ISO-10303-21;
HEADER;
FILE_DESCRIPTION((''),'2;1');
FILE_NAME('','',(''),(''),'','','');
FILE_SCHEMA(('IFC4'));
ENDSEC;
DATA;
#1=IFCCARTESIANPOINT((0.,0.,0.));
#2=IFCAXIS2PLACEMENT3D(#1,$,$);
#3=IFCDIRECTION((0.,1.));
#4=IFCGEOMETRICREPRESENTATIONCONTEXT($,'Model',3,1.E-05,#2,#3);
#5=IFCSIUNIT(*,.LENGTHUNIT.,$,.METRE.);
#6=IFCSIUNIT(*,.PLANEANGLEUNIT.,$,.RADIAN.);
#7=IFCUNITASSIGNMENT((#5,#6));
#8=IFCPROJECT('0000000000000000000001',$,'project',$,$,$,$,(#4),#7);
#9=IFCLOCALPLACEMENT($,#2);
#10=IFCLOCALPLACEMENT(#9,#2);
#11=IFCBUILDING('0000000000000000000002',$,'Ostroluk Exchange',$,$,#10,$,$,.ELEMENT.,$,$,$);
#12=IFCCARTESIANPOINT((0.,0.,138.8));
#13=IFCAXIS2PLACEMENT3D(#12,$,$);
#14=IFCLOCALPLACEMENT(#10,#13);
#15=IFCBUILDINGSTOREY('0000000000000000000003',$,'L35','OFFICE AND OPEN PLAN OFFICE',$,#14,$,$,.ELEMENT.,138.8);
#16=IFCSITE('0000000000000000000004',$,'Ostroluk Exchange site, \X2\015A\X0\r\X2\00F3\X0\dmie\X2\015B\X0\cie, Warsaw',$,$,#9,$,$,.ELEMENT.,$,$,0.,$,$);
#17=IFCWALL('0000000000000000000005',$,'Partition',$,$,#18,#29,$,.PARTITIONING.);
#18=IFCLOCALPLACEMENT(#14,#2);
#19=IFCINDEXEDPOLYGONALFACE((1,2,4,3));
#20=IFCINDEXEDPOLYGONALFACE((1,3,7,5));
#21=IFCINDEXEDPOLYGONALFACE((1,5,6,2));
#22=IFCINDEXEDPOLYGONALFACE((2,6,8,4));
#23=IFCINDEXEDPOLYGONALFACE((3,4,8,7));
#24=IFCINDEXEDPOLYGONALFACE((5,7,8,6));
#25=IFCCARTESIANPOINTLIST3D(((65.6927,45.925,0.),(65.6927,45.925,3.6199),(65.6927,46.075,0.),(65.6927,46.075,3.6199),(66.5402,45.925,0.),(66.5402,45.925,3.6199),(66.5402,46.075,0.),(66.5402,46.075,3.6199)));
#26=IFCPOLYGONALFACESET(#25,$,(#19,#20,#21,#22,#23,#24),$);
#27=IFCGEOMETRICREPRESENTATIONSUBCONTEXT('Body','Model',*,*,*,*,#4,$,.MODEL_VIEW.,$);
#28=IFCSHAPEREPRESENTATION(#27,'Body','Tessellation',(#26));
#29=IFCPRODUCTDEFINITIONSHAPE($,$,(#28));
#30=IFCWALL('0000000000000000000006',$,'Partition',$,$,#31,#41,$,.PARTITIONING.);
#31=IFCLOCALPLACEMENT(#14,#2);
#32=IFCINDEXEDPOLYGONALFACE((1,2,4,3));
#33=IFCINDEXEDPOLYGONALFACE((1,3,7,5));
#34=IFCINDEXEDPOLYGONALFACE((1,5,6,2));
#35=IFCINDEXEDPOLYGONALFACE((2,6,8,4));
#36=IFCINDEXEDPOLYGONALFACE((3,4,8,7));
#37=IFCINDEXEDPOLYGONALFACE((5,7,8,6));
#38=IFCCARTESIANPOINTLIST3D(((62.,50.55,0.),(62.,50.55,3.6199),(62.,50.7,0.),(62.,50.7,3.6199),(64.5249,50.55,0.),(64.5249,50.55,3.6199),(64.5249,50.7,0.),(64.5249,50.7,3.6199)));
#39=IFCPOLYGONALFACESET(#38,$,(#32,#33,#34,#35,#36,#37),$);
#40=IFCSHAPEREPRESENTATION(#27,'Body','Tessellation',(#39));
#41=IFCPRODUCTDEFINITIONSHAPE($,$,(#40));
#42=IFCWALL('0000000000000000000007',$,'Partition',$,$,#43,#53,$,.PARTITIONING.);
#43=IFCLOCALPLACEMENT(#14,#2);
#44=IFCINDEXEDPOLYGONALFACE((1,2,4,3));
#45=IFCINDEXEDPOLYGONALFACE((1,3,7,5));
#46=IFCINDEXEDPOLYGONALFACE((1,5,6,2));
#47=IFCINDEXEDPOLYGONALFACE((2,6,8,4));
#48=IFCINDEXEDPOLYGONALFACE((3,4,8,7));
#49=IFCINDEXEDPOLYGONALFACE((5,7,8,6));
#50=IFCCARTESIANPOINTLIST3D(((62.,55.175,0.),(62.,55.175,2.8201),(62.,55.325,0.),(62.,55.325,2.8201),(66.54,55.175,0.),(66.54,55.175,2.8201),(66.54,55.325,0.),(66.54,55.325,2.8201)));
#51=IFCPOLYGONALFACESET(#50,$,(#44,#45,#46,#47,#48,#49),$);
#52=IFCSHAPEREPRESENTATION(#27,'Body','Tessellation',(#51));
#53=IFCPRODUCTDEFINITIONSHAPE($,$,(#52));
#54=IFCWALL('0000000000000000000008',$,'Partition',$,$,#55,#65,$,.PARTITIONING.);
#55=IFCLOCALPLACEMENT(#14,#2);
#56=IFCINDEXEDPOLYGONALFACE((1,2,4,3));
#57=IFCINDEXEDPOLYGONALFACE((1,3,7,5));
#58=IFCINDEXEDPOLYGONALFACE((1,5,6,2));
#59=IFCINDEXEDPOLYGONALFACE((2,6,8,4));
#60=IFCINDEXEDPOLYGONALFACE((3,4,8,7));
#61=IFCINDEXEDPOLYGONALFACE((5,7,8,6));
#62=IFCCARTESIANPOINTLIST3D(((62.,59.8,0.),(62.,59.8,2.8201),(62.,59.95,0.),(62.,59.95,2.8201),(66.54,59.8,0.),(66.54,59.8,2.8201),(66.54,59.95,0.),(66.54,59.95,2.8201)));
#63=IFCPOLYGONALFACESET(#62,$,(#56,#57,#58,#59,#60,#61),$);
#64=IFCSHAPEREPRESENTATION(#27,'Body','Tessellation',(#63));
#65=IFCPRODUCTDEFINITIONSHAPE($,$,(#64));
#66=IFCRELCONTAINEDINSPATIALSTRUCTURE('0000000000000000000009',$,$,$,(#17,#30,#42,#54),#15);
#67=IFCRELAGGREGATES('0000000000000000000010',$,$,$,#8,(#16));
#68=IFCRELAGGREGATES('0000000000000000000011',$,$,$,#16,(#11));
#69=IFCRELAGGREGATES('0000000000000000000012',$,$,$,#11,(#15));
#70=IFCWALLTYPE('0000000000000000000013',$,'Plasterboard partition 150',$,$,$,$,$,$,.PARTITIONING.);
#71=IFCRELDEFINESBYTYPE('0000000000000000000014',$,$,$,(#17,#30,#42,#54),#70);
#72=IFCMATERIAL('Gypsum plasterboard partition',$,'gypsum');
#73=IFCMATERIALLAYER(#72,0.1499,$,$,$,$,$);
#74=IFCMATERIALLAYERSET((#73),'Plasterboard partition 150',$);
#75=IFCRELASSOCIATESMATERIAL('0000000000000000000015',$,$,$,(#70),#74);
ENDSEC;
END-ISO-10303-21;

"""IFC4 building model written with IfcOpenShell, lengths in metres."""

from ifc_helpers import new_model, si_unit, direction, frame, frame_2d, origin, place, context, subcontext, project, spatial, rectangle, extrude, material, layer, layer_set, type_object, element, save


model = new_model("IFC4")

# Units and contexts
model_context = context("Model", 3, precision=1e-05, world=origin(), true_north=direction((0.0, 1.0)))
body_context = subcontext(model_context, "Body", "Model", "MODEL_VIEW")
ifc_project = project(units=[si_unit("LENGTHUNIT", "METRE"), si_unit("PLANEANGLEUNIT", "RADIAN")], contexts=[model_context])

# Site, building, storey
site_placement = place(None, origin())
site = spatial("IfcSite", under=ifc_project, at=site_placement, Name="Ostroluk Exchange site, Śródmieście, Warsaw", CompositionType="ELEMENT", RefElevation=0.0)
building_placement = place(site_placement, origin())
building = spatial("IfcBuilding", under=site, at=building_placement, Name="Ostroluk Exchange", CompositionType="ELEMENT")
storey_placement = place(building_placement, frame((0.0, 0.0, 138.8)))
storey = spatial("IfcBuildingStorey", under=building, at=storey_placement, Name="L35", Description="OFFICE AND OPEN PLAN OFFICE", CompositionType="ELEMENT", Elevation=138.8)

# Shared definitions
ifc_material_1 = material(Name="Gypsum plasterboard partition", Category="gypsum")
ifc_layer_1 = layer(ifc_material_1, 0.1499)
ifc_layer_set_1 = layer_set([ifc_layer_1], Name="Plasterboard partition 150")
wall_type = type_object("IfcWallType", Name="Plasterboard partition 150", PredefinedType="PARTITIONING", material=ifc_layer_set_1)

# Walls
wall_1_placement = place(storey_placement, frame((65.6926, 46.0, 0.0), z_axis=(0.0, 0.0, 1.0), x_axis=(1.0, 0.0, 0.0)))
element("IfcWall", 1, at=wall_1_placement, inside=storey, type_object=wall_type, Name="Partition", PredefinedType="PARTITIONING", context=body_context, shape_type="SweptSolid", body=[
    extrude(rectangle(XDim=0.8474, YDim=0.1499, at=frame_2d((0.4238, 0.0))), origin(), (0.0, 0.0, 1.0), 3.6199),
])
wall_2_placement = place(storey_placement, frame((62.0, 50.625, 0.0), z_axis=(0.0, 0.0, 1.0), x_axis=(1.0, 0.0, 0.0)))
element("IfcWall", 2, at=wall_2_placement, inside=storey, type_object=wall_type, Name="Partition", PredefinedType="PARTITIONING", context=body_context, shape_type="SweptSolid", body=[
    extrude(rectangle(XDim=2.5249, YDim=0.1499, at=frame_2d((1.2625, 0.0))), origin(), (0.0, 0.0, 1.0), 3.6199),
])
for number, where, z_axis, x_axis, name in (
    (3, (62.0, 55.25, 0.0), (0.0, 0.0, 1.0), (1.0, 0.0, 0.0), "Partition"),
    (4, (62.0, 59.875, 0.0), (0.0, 0.0, 1.0), (1.0, 0.0, 0.0), "Partition"),
):
    element("IfcWall", number, at=place(storey_placement, frame(where, z_axis=z_axis, x_axis=x_axis)), inside=storey, type_object=wall_type, Name=name, PredefinedType="PARTITIONING", context=body_context, shape_type="SweptSolid", body=[
        extrude(rectangle(XDim=4.54, YDim=0.1499, at=frame_2d((2.27, 0.0))), origin(), (0.0, 0.0, 1.0), 2.8201),
    ])

save(model, "model.ifc")
